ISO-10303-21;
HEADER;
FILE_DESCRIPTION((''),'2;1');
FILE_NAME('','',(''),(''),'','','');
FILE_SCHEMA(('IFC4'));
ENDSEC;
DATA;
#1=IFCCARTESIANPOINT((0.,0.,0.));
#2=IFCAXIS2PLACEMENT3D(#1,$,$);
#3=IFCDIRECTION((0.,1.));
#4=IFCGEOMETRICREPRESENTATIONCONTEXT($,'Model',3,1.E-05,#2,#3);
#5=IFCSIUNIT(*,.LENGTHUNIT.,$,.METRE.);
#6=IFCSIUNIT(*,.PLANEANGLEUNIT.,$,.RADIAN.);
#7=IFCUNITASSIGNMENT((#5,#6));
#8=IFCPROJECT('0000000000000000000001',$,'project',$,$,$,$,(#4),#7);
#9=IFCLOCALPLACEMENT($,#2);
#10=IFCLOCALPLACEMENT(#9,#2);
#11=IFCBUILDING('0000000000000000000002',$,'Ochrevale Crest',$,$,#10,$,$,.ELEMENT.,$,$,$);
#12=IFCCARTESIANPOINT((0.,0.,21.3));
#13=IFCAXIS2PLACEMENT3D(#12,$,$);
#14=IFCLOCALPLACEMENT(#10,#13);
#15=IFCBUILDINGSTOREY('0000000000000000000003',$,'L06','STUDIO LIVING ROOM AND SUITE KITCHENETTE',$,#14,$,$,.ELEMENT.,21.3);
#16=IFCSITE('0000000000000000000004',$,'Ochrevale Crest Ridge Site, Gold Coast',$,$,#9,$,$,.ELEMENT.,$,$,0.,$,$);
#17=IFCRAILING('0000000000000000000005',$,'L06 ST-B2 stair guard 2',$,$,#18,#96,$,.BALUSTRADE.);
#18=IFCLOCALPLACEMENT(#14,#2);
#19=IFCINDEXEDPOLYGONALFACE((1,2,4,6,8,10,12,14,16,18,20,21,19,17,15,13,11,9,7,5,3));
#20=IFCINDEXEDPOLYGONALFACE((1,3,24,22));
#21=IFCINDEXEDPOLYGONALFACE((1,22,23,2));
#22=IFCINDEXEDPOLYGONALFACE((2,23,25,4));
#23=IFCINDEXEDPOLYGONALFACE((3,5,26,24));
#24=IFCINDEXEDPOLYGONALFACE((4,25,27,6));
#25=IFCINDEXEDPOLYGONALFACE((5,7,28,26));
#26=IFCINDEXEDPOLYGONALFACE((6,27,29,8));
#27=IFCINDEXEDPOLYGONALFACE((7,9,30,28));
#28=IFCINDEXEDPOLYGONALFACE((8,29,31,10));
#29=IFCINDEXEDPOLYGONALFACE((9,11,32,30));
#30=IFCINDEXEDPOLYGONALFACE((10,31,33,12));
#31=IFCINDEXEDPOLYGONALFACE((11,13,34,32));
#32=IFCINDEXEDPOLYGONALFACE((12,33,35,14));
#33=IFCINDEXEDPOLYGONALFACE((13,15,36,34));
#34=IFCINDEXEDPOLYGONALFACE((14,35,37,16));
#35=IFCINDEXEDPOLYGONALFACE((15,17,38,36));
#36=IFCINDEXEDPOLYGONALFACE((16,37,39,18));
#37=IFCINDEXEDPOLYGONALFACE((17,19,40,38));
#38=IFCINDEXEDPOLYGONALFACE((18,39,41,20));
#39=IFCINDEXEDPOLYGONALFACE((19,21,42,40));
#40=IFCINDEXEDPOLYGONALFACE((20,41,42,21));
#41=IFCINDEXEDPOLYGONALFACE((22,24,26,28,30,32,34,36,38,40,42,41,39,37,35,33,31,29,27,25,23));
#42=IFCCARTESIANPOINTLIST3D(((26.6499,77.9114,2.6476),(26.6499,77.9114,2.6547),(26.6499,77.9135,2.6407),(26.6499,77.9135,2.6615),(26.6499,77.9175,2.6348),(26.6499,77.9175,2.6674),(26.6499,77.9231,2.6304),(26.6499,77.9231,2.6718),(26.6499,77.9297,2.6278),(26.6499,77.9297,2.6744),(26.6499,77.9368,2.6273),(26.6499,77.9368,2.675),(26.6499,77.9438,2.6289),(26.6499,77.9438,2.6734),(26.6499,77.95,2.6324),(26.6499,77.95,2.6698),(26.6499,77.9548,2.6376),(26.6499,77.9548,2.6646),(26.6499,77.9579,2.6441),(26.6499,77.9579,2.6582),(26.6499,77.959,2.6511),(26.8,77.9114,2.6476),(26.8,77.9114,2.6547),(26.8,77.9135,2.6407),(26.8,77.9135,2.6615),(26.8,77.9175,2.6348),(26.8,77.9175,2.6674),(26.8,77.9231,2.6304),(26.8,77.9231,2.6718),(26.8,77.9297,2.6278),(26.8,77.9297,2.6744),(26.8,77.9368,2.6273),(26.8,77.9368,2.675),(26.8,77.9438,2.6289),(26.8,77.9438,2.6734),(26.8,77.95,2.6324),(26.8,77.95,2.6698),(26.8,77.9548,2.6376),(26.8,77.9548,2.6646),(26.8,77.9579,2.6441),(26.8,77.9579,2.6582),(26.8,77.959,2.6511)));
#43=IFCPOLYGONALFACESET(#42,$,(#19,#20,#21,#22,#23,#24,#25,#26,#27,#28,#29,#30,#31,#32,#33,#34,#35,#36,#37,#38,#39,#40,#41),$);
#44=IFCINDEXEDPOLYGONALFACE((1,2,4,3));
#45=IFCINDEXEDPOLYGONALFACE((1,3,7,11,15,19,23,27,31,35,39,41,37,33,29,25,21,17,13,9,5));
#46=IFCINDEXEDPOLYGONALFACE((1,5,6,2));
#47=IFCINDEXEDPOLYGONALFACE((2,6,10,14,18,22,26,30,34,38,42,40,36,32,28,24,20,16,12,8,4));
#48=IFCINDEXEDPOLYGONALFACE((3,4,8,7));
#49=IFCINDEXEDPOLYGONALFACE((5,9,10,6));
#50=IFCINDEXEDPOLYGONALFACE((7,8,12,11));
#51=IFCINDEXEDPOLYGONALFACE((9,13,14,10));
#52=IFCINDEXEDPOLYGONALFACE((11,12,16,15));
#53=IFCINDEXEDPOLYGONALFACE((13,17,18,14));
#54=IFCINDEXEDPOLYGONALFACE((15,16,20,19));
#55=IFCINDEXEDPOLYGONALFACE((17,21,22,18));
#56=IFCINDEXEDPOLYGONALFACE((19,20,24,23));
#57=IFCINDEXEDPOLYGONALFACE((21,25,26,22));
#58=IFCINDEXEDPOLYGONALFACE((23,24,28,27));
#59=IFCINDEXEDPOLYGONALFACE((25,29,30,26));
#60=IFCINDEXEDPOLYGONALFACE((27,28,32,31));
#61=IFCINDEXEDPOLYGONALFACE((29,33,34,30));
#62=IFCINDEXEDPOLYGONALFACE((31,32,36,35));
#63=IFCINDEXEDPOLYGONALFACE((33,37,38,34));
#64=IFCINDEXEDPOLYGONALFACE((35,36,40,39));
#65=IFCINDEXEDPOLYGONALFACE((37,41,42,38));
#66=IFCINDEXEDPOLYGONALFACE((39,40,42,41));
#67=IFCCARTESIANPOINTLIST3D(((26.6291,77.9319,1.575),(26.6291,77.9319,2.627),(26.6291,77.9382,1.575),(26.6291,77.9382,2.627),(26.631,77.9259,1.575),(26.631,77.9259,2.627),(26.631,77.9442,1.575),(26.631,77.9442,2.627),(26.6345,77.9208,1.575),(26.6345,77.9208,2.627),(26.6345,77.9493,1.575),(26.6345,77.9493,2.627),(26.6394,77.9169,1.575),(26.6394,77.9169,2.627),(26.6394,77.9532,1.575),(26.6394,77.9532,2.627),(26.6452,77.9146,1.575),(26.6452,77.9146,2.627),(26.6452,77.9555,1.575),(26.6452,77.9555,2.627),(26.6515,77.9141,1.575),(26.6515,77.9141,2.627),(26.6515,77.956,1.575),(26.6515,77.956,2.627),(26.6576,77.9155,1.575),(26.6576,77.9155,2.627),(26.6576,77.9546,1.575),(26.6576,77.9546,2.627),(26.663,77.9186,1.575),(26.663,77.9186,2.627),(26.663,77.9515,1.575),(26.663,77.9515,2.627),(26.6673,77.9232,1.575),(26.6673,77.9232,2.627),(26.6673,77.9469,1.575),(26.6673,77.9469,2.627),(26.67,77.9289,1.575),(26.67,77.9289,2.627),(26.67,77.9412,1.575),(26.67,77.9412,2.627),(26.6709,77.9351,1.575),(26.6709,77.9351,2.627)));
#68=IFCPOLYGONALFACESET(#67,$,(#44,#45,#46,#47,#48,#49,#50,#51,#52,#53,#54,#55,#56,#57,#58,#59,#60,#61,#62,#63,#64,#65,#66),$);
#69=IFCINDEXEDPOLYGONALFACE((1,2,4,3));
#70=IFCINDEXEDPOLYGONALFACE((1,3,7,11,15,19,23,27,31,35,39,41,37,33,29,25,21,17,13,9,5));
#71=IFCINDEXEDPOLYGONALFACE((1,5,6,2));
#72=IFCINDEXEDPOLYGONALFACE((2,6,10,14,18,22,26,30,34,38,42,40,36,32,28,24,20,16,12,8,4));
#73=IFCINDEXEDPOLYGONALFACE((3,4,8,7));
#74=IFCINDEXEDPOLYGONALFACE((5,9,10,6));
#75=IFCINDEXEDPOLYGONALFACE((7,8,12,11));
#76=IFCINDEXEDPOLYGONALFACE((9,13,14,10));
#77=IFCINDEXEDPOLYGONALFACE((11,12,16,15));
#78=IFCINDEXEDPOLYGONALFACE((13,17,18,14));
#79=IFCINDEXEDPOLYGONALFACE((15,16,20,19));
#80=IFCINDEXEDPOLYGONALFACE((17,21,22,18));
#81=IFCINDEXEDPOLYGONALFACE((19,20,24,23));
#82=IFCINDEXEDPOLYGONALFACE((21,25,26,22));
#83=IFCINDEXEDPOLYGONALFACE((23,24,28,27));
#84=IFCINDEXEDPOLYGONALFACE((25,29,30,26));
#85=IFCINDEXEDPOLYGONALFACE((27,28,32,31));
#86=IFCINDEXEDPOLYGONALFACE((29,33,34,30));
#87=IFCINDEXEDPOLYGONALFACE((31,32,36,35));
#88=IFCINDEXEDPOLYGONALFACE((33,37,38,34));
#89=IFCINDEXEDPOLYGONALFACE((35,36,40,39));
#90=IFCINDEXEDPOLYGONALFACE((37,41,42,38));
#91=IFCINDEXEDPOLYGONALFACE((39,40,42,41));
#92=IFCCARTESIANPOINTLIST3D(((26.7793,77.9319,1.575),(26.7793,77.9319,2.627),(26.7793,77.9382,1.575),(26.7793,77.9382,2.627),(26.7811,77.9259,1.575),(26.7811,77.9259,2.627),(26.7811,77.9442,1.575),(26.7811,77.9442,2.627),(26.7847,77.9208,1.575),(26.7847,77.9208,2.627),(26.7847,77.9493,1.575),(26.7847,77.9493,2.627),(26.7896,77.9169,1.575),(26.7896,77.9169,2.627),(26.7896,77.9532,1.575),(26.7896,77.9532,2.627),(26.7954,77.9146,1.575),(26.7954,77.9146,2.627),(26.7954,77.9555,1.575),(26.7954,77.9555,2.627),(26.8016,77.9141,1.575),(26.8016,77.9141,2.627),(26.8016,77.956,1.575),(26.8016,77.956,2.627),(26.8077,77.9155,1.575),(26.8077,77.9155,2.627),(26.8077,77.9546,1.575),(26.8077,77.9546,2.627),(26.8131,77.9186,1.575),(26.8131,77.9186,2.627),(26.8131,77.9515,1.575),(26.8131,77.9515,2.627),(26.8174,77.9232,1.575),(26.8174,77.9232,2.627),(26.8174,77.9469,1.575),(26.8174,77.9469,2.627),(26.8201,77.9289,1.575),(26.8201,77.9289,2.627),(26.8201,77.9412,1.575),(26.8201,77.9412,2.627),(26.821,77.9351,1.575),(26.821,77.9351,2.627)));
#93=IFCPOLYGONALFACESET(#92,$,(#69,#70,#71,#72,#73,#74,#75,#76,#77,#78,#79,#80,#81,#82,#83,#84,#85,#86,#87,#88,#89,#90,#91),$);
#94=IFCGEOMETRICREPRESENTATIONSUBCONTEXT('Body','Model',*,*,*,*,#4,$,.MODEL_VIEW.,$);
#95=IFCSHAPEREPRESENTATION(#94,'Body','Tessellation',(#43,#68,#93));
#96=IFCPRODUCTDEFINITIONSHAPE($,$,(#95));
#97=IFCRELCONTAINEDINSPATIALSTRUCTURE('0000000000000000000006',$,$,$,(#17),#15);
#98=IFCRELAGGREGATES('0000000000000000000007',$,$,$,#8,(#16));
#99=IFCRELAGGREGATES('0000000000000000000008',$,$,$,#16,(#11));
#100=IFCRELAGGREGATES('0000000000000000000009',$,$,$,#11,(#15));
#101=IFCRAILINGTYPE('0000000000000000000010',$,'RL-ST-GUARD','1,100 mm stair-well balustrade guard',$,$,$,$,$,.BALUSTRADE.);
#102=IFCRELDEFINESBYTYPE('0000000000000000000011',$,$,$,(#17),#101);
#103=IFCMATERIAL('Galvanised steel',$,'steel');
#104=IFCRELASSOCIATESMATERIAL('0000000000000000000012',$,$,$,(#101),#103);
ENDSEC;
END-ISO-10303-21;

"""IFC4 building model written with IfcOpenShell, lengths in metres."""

from ifc_helpers import new_model, si_unit, direction, frame, origin, origin_2d, place, context, subcontext, project, spatial, circle, extrude, material, type_object, element, save


model = new_model("IFC4")

# Units and contexts
model_context = context("Model", 3, precision=1e-05, world=origin(), true_north=direction((0.0, 1.0)))
body_context = subcontext(model_context, "Body", "Model", "MODEL_VIEW")
ifc_project = project(units=[si_unit("LENGTHUNIT", "METRE"), si_unit("PLANEANGLEUNIT", "RADIAN")], contexts=[model_context])

# Site, building, storey
site_placement = place(None, origin())
site = spatial("IfcSite", under=ifc_project, at=site_placement, Name="Ochrevale Crest Ridge Site, Gold Coast", CompositionType="ELEMENT", RefElevation=0.0)
building_placement = place(site_placement, origin())
building = spatial("IfcBuilding", under=site, at=building_placement, Name="Ochrevale Crest", CompositionType="ELEMENT")
storey_placement = place(building_placement, frame((0.0, 0.0, 21.3)))
storey = spatial("IfcBuildingStorey", under=building, at=storey_placement, Name="L06", Description="STUDIO LIVING ROOM AND SUITE KITCHENETTE", CompositionType="ELEMENT", Elevation=21.3)

# Railing
ifc_material_1 = material(Name="Galvanised steel", Category="steel")
railing_type_1 = type_object("IfcRailingType", Name="RL-ST-GUARD", Description="1,100 mm stair-well balustrade guard", PredefinedType="BALUSTRADE", material=ifc_material_1)
railing_1_placement = place(storey_placement, frame((26.6499, 77.9351, 1.575)))
element("IfcRailing", 1, at=railing_1_placement, inside=storey, type_object=railing_type_1, Name="L06 ST-B2 stair guard 2", PredefinedType="BALUSTRADE", context=body_context, shape_type="SweptSolid", body=[
    extrude(circle(Radius=0.0239, at=origin_2d()), frame((0.0, 0.0, 1.0762), z_axis=(1.0, 0.0, 0.0), x_axis=(0.0, 1.0, 0.0)), (0.0, 0.0, 1.0), 0.1501),
    extrude(circle(Radius=0.021, at=origin_2d()), origin(), (0.0, 0.0, 1.0), 1.052),
    extrude(circle(Radius=0.021, at=origin_2d()), frame((0.1501, 0.0, 0.0)), (0.0, 0.0, 1.0), 1.052),
])

save(model, "model.ifc")
